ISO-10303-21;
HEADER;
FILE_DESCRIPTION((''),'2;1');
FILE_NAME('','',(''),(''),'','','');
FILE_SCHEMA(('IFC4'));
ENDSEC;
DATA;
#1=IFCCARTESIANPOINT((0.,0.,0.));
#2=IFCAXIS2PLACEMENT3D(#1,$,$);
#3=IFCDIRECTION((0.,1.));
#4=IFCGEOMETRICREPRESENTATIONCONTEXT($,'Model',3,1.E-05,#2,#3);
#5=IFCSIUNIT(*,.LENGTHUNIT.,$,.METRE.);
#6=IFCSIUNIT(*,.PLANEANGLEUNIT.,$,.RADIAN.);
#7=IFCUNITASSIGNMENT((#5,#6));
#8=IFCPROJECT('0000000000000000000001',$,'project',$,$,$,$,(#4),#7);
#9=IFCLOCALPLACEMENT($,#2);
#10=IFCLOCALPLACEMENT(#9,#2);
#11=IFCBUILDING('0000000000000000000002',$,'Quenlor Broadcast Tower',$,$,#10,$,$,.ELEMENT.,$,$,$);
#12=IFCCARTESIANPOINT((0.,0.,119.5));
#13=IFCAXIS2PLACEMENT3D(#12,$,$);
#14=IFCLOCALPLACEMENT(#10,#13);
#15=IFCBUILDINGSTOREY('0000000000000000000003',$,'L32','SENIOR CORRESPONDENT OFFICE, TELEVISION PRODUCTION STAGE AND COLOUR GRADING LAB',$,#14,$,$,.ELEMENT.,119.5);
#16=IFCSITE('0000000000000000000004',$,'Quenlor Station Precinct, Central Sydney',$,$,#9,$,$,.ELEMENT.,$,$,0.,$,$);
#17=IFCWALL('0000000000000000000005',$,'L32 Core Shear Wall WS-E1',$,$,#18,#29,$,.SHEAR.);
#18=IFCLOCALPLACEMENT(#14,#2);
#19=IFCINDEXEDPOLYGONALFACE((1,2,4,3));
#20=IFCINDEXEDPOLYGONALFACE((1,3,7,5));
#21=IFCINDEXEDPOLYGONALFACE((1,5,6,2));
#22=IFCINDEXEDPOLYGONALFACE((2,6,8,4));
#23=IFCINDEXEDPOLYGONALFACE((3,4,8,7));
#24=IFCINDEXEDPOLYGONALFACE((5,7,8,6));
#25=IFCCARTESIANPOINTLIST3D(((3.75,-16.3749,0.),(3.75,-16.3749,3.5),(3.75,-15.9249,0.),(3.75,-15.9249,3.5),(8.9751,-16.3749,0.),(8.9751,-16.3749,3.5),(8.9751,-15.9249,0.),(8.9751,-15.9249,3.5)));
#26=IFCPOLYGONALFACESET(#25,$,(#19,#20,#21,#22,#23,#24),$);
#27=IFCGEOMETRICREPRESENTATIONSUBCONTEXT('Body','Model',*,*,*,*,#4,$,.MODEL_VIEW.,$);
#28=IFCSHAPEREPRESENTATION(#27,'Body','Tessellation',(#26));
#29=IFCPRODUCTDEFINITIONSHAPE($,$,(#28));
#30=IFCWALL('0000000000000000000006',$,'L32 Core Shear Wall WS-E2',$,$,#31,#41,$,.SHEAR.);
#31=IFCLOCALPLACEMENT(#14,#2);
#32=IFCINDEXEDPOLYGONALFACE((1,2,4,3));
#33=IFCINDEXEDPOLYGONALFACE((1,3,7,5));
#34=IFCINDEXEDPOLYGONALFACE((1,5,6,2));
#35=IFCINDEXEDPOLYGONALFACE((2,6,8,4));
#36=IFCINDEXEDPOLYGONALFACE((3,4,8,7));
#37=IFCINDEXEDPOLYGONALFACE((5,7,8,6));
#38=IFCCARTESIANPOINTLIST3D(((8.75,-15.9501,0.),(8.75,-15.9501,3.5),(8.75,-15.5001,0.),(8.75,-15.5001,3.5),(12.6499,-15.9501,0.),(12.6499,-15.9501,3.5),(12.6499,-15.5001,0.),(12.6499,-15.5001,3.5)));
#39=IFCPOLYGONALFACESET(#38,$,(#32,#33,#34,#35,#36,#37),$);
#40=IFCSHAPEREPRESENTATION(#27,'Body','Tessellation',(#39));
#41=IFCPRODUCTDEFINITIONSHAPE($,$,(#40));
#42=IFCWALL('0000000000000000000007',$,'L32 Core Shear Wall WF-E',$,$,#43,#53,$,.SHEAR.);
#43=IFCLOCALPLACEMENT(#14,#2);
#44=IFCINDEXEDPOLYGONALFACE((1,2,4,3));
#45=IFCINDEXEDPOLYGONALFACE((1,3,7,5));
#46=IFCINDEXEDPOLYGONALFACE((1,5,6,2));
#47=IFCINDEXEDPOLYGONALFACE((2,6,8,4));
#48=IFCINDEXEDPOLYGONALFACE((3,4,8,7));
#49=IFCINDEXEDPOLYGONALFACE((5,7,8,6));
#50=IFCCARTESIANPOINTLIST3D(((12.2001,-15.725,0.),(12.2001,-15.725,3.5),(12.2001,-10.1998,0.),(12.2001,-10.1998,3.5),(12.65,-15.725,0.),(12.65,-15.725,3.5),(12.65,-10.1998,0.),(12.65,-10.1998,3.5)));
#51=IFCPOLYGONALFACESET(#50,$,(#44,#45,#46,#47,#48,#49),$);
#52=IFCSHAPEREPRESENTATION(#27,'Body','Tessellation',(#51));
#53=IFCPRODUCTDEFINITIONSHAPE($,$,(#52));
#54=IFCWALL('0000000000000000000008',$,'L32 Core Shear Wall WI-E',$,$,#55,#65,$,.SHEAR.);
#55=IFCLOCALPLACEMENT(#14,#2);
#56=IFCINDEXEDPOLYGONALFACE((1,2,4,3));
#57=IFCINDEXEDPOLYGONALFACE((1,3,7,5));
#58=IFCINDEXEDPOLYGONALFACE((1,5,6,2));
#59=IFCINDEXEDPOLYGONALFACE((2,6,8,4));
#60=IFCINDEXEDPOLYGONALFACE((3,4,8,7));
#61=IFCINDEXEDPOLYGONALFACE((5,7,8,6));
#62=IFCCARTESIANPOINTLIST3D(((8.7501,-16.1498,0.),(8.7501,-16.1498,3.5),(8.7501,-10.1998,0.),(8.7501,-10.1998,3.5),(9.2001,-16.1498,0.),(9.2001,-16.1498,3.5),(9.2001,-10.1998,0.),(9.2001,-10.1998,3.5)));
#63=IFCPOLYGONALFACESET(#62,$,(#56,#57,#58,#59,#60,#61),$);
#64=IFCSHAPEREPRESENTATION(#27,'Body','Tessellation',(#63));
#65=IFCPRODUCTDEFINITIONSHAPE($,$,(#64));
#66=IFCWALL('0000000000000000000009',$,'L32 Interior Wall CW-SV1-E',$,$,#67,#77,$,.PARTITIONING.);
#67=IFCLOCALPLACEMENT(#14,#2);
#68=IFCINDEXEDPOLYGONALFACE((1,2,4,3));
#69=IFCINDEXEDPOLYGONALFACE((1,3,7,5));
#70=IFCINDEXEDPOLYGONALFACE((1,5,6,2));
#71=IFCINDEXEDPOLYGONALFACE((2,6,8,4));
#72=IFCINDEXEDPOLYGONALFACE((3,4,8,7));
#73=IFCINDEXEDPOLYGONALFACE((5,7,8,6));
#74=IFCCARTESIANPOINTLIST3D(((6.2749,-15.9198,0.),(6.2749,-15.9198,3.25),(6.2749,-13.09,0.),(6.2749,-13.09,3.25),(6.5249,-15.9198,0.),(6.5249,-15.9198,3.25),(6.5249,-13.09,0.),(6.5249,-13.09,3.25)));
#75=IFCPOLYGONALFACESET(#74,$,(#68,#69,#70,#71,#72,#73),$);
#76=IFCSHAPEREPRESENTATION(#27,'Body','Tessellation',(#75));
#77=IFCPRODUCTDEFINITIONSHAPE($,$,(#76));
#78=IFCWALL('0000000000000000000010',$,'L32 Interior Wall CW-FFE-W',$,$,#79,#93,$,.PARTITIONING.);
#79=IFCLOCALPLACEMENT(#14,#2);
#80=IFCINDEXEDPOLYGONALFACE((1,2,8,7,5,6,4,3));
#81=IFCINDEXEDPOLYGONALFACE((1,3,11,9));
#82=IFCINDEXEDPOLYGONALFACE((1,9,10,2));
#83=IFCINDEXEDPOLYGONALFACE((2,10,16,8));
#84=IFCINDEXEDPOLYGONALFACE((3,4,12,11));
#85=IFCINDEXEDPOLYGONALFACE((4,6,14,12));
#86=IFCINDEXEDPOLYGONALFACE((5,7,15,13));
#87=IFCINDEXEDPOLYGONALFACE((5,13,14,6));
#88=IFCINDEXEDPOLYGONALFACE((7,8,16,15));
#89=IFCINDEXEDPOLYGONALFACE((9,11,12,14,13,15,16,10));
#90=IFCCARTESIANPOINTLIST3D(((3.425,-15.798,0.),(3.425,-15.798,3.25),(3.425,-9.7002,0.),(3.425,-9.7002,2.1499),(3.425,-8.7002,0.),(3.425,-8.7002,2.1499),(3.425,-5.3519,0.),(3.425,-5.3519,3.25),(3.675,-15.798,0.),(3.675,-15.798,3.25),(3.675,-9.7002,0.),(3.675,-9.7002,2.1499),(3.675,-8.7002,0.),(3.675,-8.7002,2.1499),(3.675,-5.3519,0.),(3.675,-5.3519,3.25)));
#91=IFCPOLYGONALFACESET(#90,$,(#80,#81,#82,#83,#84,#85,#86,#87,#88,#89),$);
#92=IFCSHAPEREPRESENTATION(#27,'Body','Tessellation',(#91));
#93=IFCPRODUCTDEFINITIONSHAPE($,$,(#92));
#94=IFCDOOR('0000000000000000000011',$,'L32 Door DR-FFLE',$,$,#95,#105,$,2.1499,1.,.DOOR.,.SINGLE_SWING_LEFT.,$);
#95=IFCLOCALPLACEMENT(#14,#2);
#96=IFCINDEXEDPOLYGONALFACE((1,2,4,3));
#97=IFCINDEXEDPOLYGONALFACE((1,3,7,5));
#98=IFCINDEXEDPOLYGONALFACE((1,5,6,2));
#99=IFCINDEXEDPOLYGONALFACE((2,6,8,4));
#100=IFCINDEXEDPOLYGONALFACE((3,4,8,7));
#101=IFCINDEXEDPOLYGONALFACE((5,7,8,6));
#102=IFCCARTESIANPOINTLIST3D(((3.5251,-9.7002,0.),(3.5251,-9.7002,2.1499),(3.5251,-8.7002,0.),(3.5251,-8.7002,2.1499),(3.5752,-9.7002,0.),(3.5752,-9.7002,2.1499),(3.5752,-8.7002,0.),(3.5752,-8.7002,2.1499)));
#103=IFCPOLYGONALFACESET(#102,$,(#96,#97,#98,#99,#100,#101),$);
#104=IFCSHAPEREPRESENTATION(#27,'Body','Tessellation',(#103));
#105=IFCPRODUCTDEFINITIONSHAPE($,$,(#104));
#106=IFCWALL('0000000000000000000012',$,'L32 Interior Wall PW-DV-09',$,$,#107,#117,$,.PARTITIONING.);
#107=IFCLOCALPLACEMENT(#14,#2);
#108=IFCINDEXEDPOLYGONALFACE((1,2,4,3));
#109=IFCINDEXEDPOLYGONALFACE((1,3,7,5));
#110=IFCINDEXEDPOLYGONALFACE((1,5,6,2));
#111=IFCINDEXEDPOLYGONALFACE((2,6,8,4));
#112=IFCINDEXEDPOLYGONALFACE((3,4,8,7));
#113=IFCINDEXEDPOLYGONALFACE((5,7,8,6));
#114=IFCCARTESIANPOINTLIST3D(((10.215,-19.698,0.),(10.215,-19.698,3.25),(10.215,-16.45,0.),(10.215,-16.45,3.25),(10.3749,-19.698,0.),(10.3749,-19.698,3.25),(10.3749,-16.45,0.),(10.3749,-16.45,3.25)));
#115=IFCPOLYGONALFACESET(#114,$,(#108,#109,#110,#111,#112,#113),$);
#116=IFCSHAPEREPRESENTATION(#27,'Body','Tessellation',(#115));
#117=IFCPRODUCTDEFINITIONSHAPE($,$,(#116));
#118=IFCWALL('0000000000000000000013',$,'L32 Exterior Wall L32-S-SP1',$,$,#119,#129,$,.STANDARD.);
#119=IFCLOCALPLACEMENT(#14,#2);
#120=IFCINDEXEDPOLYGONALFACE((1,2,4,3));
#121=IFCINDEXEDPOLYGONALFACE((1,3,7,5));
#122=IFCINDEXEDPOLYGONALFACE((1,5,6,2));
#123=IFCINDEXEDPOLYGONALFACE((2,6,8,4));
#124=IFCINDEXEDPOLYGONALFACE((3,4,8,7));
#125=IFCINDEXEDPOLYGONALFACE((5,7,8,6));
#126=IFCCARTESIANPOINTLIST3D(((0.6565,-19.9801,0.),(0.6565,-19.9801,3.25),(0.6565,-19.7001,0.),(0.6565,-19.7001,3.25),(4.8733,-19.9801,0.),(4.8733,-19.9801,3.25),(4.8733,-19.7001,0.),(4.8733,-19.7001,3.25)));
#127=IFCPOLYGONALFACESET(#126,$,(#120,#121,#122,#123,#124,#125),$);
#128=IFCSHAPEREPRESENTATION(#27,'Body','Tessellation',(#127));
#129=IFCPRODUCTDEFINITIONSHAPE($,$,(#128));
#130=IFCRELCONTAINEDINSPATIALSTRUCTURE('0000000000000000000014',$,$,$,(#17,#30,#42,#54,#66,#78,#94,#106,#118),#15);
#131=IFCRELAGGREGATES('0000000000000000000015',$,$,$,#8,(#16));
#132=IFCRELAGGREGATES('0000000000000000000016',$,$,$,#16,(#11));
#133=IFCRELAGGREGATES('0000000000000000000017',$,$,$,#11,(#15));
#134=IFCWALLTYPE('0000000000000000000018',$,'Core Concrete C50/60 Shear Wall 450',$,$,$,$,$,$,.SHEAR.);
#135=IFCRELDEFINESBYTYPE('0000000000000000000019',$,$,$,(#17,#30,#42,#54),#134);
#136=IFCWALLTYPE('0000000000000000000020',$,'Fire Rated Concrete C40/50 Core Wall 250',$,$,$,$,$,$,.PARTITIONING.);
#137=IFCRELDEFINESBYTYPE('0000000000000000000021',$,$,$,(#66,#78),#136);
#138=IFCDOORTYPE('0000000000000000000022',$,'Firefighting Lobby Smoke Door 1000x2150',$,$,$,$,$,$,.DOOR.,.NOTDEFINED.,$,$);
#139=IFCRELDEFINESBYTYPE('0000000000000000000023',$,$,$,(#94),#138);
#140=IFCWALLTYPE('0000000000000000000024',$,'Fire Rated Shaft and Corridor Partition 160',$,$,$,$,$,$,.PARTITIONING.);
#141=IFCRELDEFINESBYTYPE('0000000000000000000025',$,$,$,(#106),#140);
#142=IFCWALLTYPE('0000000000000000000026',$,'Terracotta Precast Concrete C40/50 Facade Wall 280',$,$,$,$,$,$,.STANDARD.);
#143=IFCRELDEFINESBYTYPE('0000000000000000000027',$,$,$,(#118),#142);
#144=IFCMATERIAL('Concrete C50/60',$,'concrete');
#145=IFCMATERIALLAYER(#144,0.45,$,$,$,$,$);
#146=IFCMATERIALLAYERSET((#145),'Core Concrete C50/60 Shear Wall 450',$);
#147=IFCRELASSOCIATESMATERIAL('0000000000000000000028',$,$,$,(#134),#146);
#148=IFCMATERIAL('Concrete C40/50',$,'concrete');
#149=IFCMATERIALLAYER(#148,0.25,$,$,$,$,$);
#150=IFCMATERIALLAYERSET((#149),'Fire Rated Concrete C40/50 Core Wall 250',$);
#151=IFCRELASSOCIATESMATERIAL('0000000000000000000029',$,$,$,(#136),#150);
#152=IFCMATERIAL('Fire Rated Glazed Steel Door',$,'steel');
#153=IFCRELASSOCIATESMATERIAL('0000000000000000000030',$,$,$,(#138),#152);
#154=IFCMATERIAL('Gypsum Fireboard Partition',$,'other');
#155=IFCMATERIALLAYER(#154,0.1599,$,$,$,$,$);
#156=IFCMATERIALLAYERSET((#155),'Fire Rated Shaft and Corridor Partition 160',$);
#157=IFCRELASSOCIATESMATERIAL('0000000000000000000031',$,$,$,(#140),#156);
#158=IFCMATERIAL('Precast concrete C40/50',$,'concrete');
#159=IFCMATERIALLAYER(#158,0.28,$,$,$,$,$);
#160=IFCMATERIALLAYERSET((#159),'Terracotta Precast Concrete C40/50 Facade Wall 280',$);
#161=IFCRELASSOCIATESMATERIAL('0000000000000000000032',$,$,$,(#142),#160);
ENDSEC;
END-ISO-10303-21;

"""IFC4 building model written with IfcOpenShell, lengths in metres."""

from ifc_helpers import new_model, si_unit, direction, frame, frame_2d, origin, place, context, subcontext, project, spatial, rectangle, extrude, material, layer, layer_set, type_object, element, fill, save


model = new_model("IFC4")

# Units and contexts
model_context = context("Model", 3, precision=1e-05, world=origin(), true_north=direction((0.0, 1.0)))
body_context = subcontext(model_context, "Body", "Model", "MODEL_VIEW")
ifc_project = project(units=[si_unit("LENGTHUNIT", "METRE"), si_unit("PLANEANGLEUNIT", "RADIAN")], contexts=[model_context])

# Site, building, storey
site_placement = place(None, origin())
site = spatial("IfcSite", under=ifc_project, at=site_placement, Name="Quenlor Station Precinct, Central Sydney", CompositionType="ELEMENT", RefElevation=0.0)
building_placement = place(site_placement, origin())
building = spatial("IfcBuilding", under=site, at=building_placement, Name="Quenlor Broadcast Tower", CompositionType="ELEMENT")
storey_placement = place(building_placement, frame((0.0, 0.0, 119.5)))
storey = spatial("IfcBuildingStorey", under=building, at=storey_placement, Name="L32", Description="SENIOR CORRESPONDENT OFFICE, TELEVISION PRODUCTION STAGE AND COLOUR GRADING LAB", CompositionType="ELEMENT", Elevation=119.5)

# Walls
ifc_material_1 = material(Name="Concrete C50/60", Category="concrete")
ifc_layer_1 = layer(ifc_material_1, 0.45)
ifc_layer_set_1 = layer_set([ifc_layer_1], Name="Core Concrete C50/60 Shear Wall 450")
wall_type_1 = type_object("IfcWallType", Name="Core Concrete C50/60 Shear Wall 450", PredefinedType="SHEAR", material=ifc_layer_set_1)
wall_1_placement = place(storey_placement, frame((3.75, -16.1499, 0.0), z_axis=(0.0, 0.0, 1.0), x_axis=(1.0, 0.0, 0.0)))
element("IfcWall", 1, at=wall_1_placement, inside=storey, type_object=wall_type_1, Name="L32 Core Shear Wall WS-E1", PredefinedType="SHEAR", context=body_context, shape_type="SweptSolid", body=[
    extrude(rectangle(XDim=5.2251, YDim=0.45, at=frame_2d((2.6125, 0.0))), origin(), (0.0, 0.0, 1.0), 3.5),
])
wall_2_placement = place(storey_placement, frame((8.75, -15.7251, 0.0), z_axis=(0.0, 0.0, 1.0), x_axis=(1.0, 0.0, 0.0)))
element("IfcWall", 2, at=wall_2_placement, inside=storey, type_object=wall_type_1, Name="L32 Core Shear Wall WS-E2", PredefinedType="SHEAR", context=body_context, shape_type="SweptSolid", body=[
    extrude(rectangle(XDim=3.8999, YDim=0.45, at=frame_2d((1.95, 0.0))), origin(), (0.0, 0.0, 1.0), 3.5),
])
wall_3_placement = place(storey_placement, frame((12.425, -15.7251, 0.0), z_axis=(0.0, 0.0, 1.0), x_axis=(0.0, 1.0, 0.0)))
element("IfcWall", 3, at=wall_3_placement, inside=storey, type_object=wall_type_1, Name="L32 Core Shear Wall WF-E", PredefinedType="SHEAR", context=body_context, shape_type="SweptSolid", body=[
    extrude(rectangle(XDim=5.5251, YDim=0.45, at=frame_2d((2.7627, 0.0))), origin(), (0.0, 0.0, 1.0), 3.5),
])
wall_4_placement = place(storey_placement, frame((8.9751, -16.1499, 0.0), z_axis=(0.0, 0.0, 1.0), x_axis=(0.0, 1.0, 0.0)))
element("IfcWall", 4, at=wall_4_placement, inside=storey, type_object=wall_type_1, Name="L32 Core Shear Wall WI-E", PredefinedType="SHEAR", context=body_context, shape_type="SweptSolid", body=[
    extrude(rectangle(XDim=5.95, YDim=0.45, at=frame_2d((2.9751, 0.0))), origin(), (0.0, 0.0, 1.0), 3.5),
])
ifc_material_2 = material(Name="Concrete C40/50", Category="concrete")
ifc_layer_2 = layer(ifc_material_2, 0.25)
ifc_layer_set_2 = layer_set([ifc_layer_2], Name="Fire Rated Concrete C40/50 Core Wall 250")
wall_type_2 = type_object("IfcWallType", Name="Fire Rated Concrete C40/50 Core Wall 250", PredefinedType="PARTITIONING", material=ifc_layer_set_2)
wall_5_placement = place(storey_placement, frame((6.3999, -15.9199, 0.0), z_axis=(0.0, 0.0, 1.0), x_axis=(0.0, 1.0, 0.0)))
element("IfcWall", 5, at=wall_5_placement, inside=storey, type_object=wall_type_2, Name="L32 Interior Wall CW-SV1-E", PredefinedType="PARTITIONING", context=body_context, shape_type="SweptSolid", body=[
    extrude(rectangle(XDim=2.8298, YDim=0.25, at=frame_2d((1.415, 0.0))), origin(), (0.0, 0.0, 1.0), 3.25),
])

# Wall, opening, door
wall_6_placement = place(storey_placement, frame((3.55, -15.7981, 0.0), z_axis=(0.0, 0.0, 1.0), x_axis=(0.0, 1.0, 0.0)))
wall_6 = element("IfcWall", 6, at=wall_6_placement, inside=storey, type_object=wall_type_2, Name="L32 Interior Wall CW-FFE-W", PredefinedType="PARTITIONING", context=body_context, shape_type="SweptSolid", body=[
    extrude(rectangle(XDim=10.446, YDim=0.25, at=frame_2d((5.2231, 0.0))), origin(), (0.0, 0.0, 1.0), 3.25),
])
opening_placement = place(wall_6_placement, frame((6.0979, 0.0, 0.0)))
opening = element("IfcOpeningElement", 7, at=opening_placement, cuts=wall_6, PredefinedType="OPENING", context=body_context, shape_type="SweptSolid", body=[
    extrude(rectangle(XDim=1.0, YDim=2.1499, at=frame_2d((0.5, 1.075))), frame((0.0, 0.135, 0.0), z_axis=(0.0, -1.0, 0.0), x_axis=(1.0, 0.0, 0.0)), (0.0, 0.0, 1.0), 0.27),
])
ifc_material_3 = material(Name="Fire Rated Glazed Steel Door", Category="steel")
door_type = type_object("IfcDoorType", Name="Firefighting Lobby Smoke Door 1000x2150", OperationType="NOTDEFINED", PredefinedType="DOOR", material=ifc_material_3)
door_placement = place(opening_placement, origin())
door = element("IfcDoor", 8, at=door_placement, inside=storey, type_object=door_type, Name="L32 Door DR-FFLE", OperationType="SINGLE_SWING_LEFT", OverallHeight=2.1499, OverallWidth=1.0, PredefinedType="DOOR", context=body_context, shape_type="SweptSolid", body=[
    extrude(rectangle(XDim=1.0, YDim=2.1499, at=frame_2d((0.5, 1.075))), frame((0.0, 0.0249, 0.0), z_axis=(0.0, -1.0, 0.0), x_axis=(1.0, 0.0, 0.0)), (0.0, 0.0, 1.0), 0.05),
])
fill(opening, door)

# Walls
ifc_material_4 = material(Name="Gypsum Fireboard Partition", Category="other")
ifc_layer_3 = layer(ifc_material_4, 0.1599)
ifc_layer_set_3 = layer_set([ifc_layer_3], Name="Fire Rated Shaft and Corridor Partition 160")
wall_type_3 = type_object("IfcWallType", Name="Fire Rated Shaft and Corridor Partition 160", PredefinedType="PARTITIONING", material=ifc_layer_set_3)
wall_7_placement = place(storey_placement, frame((10.2949, -19.698, 0.0), z_axis=(0.0, 0.0, 1.0), x_axis=(0.0, 1.0, 0.0)))
element("IfcWall", 9, at=wall_7_placement, inside=storey, type_object=wall_type_3, Name="L32 Interior Wall PW-DV-09", PredefinedType="PARTITIONING", context=body_context, shape_type="SweptSolid", body=[
    extrude(rectangle(XDim=3.248, YDim=0.1599, at=frame_2d((1.624, 0.0))), origin(), (0.0, 0.0, 1.0), 3.25),
])
ifc_material_5 = material(Name="Precast concrete C40/50", Category="concrete")
ifc_layer_4 = layer(ifc_material_5, 0.28)
ifc_layer_set_4 = layer_set([ifc_layer_4], Name="Terracotta Precast Concrete C40/50 Facade Wall 280")
wall_type_4 = type_object("IfcWallType", Name="Terracotta Precast Concrete C40/50 Facade Wall 280", PredefinedType="STANDARD", material=ifc_layer_set_4)
wall_8_placement = place(storey_placement, frame((4.8733, -19.8401, 0.0), z_axis=(0.0, 0.0, 1.0), x_axis=(-1.0, 0.0, 0.0)))
element("IfcWall", 10, at=wall_8_placement, inside=storey, type_object=wall_type_4, Name="L32 Exterior Wall L32-S-SP1", PredefinedType="STANDARD", context=body_context, shape_type="SweptSolid", body=[
    extrude(rectangle(XDim=4.2168, YDim=0.28, at=frame_2d((2.1084, 0.0))), origin(), (0.0, 0.0, 1.0), 3.25),
])

save(model, "model.ifc")
